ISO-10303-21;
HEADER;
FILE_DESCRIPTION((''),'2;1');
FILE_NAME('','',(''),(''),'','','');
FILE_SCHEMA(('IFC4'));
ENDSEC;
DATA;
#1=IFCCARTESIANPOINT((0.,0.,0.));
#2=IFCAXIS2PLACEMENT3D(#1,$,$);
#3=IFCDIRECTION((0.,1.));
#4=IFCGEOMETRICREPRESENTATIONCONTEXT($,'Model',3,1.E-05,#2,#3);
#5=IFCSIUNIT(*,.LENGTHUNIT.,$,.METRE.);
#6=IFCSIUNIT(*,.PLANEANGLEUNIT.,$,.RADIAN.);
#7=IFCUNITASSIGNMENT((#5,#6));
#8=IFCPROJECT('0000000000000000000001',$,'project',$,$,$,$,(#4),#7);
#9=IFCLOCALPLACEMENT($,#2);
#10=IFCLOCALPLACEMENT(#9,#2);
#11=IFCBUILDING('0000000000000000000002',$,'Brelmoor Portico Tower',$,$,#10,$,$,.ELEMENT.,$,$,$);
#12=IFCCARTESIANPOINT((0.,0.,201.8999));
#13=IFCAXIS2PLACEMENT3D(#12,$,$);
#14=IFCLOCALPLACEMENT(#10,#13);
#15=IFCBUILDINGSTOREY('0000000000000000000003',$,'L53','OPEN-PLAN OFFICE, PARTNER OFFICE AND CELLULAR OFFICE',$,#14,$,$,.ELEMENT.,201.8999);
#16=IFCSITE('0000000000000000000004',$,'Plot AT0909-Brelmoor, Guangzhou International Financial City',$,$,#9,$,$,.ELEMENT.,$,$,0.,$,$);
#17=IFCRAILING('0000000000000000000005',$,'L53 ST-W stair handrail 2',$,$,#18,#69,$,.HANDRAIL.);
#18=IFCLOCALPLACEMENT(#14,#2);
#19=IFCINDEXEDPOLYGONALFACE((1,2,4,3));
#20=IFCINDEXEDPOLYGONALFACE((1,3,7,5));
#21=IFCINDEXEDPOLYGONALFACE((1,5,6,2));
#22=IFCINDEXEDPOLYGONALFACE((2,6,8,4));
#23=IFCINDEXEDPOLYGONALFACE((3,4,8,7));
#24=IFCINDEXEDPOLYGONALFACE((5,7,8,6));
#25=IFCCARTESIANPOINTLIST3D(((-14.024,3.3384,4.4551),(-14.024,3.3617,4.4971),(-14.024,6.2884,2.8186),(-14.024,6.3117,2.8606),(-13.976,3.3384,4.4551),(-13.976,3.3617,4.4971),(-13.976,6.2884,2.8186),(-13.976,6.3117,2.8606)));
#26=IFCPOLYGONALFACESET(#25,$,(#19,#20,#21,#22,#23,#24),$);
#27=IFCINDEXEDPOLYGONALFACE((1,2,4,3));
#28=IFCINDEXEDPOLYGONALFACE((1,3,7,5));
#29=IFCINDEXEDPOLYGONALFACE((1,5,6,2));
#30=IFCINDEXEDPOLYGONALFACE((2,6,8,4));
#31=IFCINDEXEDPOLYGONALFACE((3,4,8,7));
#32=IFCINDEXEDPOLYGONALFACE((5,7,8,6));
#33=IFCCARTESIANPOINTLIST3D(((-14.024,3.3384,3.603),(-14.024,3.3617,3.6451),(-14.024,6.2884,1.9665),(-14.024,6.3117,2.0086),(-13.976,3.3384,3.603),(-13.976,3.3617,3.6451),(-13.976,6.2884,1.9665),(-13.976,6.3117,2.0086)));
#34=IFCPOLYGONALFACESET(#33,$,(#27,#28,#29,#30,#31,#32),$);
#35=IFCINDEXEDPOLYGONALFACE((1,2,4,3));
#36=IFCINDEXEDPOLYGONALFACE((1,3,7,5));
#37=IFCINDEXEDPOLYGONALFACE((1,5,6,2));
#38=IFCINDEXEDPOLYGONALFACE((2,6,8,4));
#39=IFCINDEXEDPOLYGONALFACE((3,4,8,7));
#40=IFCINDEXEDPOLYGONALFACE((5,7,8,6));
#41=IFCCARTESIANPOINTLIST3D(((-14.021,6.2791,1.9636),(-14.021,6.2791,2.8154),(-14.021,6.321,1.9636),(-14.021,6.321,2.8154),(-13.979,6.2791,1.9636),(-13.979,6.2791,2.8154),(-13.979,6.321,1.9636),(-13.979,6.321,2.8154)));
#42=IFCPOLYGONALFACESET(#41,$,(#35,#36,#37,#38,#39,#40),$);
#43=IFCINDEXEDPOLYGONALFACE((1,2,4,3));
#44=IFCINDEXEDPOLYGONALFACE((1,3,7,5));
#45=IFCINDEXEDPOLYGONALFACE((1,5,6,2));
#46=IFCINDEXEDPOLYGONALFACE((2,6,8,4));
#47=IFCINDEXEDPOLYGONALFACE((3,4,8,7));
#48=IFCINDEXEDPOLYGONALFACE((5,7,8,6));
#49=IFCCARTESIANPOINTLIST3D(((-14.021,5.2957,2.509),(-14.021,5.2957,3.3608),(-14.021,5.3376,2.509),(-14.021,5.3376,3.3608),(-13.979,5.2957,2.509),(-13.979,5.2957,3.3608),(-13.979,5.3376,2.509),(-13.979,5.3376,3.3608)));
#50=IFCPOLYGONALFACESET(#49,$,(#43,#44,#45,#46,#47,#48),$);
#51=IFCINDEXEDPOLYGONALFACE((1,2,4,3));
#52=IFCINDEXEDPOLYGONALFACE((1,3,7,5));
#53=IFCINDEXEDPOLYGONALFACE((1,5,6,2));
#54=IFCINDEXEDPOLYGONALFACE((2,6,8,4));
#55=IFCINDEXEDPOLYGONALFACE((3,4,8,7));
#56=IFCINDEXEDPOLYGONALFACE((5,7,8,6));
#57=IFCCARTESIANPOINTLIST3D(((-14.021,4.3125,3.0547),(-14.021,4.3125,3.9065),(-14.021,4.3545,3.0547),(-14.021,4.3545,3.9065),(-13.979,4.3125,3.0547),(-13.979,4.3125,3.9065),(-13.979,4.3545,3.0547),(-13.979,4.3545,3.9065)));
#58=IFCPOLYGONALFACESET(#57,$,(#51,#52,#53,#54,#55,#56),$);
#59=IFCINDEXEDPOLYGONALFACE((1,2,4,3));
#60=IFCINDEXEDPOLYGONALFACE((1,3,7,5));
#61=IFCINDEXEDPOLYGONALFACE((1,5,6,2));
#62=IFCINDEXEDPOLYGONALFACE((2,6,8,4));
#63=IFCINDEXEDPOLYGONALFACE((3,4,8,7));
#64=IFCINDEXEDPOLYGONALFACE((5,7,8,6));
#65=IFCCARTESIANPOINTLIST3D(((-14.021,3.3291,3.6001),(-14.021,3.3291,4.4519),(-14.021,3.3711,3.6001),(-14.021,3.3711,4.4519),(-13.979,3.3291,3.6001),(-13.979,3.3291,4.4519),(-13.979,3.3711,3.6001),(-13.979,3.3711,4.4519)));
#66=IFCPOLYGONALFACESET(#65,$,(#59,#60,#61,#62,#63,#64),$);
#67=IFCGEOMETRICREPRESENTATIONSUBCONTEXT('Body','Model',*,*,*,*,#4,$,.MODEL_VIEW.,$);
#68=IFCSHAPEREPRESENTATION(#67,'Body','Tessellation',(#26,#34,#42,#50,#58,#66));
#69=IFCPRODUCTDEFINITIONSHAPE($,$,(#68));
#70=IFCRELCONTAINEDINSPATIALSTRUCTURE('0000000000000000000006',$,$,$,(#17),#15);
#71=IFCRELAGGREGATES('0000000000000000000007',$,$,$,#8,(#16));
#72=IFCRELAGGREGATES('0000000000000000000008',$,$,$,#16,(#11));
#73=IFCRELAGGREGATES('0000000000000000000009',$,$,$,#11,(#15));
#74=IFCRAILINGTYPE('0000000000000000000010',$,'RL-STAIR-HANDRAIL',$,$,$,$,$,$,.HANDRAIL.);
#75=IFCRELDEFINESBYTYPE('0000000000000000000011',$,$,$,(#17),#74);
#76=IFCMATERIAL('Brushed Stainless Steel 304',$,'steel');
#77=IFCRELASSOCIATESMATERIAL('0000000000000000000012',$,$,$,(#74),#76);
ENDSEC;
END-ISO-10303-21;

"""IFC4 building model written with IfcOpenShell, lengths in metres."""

from ifc_helpers import new_model, si_unit, direction, frame, origin, origin_2d, place, context, subcontext, project, spatial, rectangle, extrude, material, type_object, element, save


model = new_model("IFC4")

# Units and contexts
model_context = context("Model", 3, precision=1e-05, world=origin(), true_north=direction((0.0, 1.0)))
body_context = subcontext(model_context, "Body", "Model", "MODEL_VIEW")
ifc_project = project(units=[si_unit("LENGTHUNIT", "METRE"), si_unit("PLANEANGLEUNIT", "RADIAN")], contexts=[model_context])

# Site, building, storey
site_placement = place(None, origin())
site = spatial("IfcSite", under=ifc_project, at=site_placement, Name="Plot AT0909-Brelmoor, Guangzhou International Financial City", CompositionType="ELEMENT", RefElevation=0.0)
building_placement = place(site_placement, origin())
building = spatial("IfcBuilding", under=site, at=building_placement, Name="Brelmoor Portico Tower", CompositionType="ELEMENT")
storey_placement = place(building_placement, frame((0.0, 0.0, 201.8999)))
storey = spatial("IfcBuildingStorey", under=building, at=storey_placement, Name="L53", Description="OPEN-PLAN OFFICE, PARTNER OFFICE AND CELLULAR OFFICE", CompositionType="ELEMENT", Elevation=201.8999)

# Railing
ifc_material_1 = material(Name="Brushed Stainless Steel 304", Category="steel")
railing_type_1 = type_object("IfcRailingType", Name="RL-STAIR-HANDRAIL", PredefinedType="HANDRAIL", material=ifc_material_1)
railing_1_placement = place(storey_placement, frame((-14.0, 6.3, 1.9636)))
element("IfcRailing", 1, at=railing_1_placement, inside=storey, type_object=railing_type_1, Name="L53 ST-W stair handrail 2", PredefinedType="HANDRAIL", context=body_context, shape_type="SweptSolid", body=[
    extrude(rectangle(XDim=0.0481, YDim=0.0481, at=origin_2d()), frame((0.0, 0.0, 0.876), z_axis=(0.0, -0.874458, 0.485102), x_axis=(1.0, 0.0, 0.0)), (0.0, 0.0, 1.0), 3.3735),
    extrude(rectangle(XDim=0.0481, YDim=0.0481, at=origin_2d()), frame((0.0, 0.0, 0.0239), z_axis=(0.0, -0.874458, 0.485102), x_axis=(1.0, 0.0, 0.0)), (0.0, 0.0, 1.0), 3.3735),
    extrude(rectangle(XDim=0.042, YDim=0.042, at=origin_2d()), origin(), (0.0, 0.0, 1.0), 0.8518),
    extrude(rectangle(XDim=0.042, YDim=0.042, at=origin_2d()), frame((0.0, -0.9834, 0.5454)), (0.0, 0.0, 1.0), 0.8518),
    extrude(rectangle(XDim=0.042, YDim=0.042, at=origin_2d()), frame((0.0, -1.9666, 1.0911)), (0.0, 0.0, 1.0), 0.8518),
    extrude(rectangle(XDim=0.042, YDim=0.042, at=origin_2d()), frame((0.0, -2.95, 1.6365)), (0.0, 0.0, 1.0), 0.8518),
])

save(model, "model.ifc")
